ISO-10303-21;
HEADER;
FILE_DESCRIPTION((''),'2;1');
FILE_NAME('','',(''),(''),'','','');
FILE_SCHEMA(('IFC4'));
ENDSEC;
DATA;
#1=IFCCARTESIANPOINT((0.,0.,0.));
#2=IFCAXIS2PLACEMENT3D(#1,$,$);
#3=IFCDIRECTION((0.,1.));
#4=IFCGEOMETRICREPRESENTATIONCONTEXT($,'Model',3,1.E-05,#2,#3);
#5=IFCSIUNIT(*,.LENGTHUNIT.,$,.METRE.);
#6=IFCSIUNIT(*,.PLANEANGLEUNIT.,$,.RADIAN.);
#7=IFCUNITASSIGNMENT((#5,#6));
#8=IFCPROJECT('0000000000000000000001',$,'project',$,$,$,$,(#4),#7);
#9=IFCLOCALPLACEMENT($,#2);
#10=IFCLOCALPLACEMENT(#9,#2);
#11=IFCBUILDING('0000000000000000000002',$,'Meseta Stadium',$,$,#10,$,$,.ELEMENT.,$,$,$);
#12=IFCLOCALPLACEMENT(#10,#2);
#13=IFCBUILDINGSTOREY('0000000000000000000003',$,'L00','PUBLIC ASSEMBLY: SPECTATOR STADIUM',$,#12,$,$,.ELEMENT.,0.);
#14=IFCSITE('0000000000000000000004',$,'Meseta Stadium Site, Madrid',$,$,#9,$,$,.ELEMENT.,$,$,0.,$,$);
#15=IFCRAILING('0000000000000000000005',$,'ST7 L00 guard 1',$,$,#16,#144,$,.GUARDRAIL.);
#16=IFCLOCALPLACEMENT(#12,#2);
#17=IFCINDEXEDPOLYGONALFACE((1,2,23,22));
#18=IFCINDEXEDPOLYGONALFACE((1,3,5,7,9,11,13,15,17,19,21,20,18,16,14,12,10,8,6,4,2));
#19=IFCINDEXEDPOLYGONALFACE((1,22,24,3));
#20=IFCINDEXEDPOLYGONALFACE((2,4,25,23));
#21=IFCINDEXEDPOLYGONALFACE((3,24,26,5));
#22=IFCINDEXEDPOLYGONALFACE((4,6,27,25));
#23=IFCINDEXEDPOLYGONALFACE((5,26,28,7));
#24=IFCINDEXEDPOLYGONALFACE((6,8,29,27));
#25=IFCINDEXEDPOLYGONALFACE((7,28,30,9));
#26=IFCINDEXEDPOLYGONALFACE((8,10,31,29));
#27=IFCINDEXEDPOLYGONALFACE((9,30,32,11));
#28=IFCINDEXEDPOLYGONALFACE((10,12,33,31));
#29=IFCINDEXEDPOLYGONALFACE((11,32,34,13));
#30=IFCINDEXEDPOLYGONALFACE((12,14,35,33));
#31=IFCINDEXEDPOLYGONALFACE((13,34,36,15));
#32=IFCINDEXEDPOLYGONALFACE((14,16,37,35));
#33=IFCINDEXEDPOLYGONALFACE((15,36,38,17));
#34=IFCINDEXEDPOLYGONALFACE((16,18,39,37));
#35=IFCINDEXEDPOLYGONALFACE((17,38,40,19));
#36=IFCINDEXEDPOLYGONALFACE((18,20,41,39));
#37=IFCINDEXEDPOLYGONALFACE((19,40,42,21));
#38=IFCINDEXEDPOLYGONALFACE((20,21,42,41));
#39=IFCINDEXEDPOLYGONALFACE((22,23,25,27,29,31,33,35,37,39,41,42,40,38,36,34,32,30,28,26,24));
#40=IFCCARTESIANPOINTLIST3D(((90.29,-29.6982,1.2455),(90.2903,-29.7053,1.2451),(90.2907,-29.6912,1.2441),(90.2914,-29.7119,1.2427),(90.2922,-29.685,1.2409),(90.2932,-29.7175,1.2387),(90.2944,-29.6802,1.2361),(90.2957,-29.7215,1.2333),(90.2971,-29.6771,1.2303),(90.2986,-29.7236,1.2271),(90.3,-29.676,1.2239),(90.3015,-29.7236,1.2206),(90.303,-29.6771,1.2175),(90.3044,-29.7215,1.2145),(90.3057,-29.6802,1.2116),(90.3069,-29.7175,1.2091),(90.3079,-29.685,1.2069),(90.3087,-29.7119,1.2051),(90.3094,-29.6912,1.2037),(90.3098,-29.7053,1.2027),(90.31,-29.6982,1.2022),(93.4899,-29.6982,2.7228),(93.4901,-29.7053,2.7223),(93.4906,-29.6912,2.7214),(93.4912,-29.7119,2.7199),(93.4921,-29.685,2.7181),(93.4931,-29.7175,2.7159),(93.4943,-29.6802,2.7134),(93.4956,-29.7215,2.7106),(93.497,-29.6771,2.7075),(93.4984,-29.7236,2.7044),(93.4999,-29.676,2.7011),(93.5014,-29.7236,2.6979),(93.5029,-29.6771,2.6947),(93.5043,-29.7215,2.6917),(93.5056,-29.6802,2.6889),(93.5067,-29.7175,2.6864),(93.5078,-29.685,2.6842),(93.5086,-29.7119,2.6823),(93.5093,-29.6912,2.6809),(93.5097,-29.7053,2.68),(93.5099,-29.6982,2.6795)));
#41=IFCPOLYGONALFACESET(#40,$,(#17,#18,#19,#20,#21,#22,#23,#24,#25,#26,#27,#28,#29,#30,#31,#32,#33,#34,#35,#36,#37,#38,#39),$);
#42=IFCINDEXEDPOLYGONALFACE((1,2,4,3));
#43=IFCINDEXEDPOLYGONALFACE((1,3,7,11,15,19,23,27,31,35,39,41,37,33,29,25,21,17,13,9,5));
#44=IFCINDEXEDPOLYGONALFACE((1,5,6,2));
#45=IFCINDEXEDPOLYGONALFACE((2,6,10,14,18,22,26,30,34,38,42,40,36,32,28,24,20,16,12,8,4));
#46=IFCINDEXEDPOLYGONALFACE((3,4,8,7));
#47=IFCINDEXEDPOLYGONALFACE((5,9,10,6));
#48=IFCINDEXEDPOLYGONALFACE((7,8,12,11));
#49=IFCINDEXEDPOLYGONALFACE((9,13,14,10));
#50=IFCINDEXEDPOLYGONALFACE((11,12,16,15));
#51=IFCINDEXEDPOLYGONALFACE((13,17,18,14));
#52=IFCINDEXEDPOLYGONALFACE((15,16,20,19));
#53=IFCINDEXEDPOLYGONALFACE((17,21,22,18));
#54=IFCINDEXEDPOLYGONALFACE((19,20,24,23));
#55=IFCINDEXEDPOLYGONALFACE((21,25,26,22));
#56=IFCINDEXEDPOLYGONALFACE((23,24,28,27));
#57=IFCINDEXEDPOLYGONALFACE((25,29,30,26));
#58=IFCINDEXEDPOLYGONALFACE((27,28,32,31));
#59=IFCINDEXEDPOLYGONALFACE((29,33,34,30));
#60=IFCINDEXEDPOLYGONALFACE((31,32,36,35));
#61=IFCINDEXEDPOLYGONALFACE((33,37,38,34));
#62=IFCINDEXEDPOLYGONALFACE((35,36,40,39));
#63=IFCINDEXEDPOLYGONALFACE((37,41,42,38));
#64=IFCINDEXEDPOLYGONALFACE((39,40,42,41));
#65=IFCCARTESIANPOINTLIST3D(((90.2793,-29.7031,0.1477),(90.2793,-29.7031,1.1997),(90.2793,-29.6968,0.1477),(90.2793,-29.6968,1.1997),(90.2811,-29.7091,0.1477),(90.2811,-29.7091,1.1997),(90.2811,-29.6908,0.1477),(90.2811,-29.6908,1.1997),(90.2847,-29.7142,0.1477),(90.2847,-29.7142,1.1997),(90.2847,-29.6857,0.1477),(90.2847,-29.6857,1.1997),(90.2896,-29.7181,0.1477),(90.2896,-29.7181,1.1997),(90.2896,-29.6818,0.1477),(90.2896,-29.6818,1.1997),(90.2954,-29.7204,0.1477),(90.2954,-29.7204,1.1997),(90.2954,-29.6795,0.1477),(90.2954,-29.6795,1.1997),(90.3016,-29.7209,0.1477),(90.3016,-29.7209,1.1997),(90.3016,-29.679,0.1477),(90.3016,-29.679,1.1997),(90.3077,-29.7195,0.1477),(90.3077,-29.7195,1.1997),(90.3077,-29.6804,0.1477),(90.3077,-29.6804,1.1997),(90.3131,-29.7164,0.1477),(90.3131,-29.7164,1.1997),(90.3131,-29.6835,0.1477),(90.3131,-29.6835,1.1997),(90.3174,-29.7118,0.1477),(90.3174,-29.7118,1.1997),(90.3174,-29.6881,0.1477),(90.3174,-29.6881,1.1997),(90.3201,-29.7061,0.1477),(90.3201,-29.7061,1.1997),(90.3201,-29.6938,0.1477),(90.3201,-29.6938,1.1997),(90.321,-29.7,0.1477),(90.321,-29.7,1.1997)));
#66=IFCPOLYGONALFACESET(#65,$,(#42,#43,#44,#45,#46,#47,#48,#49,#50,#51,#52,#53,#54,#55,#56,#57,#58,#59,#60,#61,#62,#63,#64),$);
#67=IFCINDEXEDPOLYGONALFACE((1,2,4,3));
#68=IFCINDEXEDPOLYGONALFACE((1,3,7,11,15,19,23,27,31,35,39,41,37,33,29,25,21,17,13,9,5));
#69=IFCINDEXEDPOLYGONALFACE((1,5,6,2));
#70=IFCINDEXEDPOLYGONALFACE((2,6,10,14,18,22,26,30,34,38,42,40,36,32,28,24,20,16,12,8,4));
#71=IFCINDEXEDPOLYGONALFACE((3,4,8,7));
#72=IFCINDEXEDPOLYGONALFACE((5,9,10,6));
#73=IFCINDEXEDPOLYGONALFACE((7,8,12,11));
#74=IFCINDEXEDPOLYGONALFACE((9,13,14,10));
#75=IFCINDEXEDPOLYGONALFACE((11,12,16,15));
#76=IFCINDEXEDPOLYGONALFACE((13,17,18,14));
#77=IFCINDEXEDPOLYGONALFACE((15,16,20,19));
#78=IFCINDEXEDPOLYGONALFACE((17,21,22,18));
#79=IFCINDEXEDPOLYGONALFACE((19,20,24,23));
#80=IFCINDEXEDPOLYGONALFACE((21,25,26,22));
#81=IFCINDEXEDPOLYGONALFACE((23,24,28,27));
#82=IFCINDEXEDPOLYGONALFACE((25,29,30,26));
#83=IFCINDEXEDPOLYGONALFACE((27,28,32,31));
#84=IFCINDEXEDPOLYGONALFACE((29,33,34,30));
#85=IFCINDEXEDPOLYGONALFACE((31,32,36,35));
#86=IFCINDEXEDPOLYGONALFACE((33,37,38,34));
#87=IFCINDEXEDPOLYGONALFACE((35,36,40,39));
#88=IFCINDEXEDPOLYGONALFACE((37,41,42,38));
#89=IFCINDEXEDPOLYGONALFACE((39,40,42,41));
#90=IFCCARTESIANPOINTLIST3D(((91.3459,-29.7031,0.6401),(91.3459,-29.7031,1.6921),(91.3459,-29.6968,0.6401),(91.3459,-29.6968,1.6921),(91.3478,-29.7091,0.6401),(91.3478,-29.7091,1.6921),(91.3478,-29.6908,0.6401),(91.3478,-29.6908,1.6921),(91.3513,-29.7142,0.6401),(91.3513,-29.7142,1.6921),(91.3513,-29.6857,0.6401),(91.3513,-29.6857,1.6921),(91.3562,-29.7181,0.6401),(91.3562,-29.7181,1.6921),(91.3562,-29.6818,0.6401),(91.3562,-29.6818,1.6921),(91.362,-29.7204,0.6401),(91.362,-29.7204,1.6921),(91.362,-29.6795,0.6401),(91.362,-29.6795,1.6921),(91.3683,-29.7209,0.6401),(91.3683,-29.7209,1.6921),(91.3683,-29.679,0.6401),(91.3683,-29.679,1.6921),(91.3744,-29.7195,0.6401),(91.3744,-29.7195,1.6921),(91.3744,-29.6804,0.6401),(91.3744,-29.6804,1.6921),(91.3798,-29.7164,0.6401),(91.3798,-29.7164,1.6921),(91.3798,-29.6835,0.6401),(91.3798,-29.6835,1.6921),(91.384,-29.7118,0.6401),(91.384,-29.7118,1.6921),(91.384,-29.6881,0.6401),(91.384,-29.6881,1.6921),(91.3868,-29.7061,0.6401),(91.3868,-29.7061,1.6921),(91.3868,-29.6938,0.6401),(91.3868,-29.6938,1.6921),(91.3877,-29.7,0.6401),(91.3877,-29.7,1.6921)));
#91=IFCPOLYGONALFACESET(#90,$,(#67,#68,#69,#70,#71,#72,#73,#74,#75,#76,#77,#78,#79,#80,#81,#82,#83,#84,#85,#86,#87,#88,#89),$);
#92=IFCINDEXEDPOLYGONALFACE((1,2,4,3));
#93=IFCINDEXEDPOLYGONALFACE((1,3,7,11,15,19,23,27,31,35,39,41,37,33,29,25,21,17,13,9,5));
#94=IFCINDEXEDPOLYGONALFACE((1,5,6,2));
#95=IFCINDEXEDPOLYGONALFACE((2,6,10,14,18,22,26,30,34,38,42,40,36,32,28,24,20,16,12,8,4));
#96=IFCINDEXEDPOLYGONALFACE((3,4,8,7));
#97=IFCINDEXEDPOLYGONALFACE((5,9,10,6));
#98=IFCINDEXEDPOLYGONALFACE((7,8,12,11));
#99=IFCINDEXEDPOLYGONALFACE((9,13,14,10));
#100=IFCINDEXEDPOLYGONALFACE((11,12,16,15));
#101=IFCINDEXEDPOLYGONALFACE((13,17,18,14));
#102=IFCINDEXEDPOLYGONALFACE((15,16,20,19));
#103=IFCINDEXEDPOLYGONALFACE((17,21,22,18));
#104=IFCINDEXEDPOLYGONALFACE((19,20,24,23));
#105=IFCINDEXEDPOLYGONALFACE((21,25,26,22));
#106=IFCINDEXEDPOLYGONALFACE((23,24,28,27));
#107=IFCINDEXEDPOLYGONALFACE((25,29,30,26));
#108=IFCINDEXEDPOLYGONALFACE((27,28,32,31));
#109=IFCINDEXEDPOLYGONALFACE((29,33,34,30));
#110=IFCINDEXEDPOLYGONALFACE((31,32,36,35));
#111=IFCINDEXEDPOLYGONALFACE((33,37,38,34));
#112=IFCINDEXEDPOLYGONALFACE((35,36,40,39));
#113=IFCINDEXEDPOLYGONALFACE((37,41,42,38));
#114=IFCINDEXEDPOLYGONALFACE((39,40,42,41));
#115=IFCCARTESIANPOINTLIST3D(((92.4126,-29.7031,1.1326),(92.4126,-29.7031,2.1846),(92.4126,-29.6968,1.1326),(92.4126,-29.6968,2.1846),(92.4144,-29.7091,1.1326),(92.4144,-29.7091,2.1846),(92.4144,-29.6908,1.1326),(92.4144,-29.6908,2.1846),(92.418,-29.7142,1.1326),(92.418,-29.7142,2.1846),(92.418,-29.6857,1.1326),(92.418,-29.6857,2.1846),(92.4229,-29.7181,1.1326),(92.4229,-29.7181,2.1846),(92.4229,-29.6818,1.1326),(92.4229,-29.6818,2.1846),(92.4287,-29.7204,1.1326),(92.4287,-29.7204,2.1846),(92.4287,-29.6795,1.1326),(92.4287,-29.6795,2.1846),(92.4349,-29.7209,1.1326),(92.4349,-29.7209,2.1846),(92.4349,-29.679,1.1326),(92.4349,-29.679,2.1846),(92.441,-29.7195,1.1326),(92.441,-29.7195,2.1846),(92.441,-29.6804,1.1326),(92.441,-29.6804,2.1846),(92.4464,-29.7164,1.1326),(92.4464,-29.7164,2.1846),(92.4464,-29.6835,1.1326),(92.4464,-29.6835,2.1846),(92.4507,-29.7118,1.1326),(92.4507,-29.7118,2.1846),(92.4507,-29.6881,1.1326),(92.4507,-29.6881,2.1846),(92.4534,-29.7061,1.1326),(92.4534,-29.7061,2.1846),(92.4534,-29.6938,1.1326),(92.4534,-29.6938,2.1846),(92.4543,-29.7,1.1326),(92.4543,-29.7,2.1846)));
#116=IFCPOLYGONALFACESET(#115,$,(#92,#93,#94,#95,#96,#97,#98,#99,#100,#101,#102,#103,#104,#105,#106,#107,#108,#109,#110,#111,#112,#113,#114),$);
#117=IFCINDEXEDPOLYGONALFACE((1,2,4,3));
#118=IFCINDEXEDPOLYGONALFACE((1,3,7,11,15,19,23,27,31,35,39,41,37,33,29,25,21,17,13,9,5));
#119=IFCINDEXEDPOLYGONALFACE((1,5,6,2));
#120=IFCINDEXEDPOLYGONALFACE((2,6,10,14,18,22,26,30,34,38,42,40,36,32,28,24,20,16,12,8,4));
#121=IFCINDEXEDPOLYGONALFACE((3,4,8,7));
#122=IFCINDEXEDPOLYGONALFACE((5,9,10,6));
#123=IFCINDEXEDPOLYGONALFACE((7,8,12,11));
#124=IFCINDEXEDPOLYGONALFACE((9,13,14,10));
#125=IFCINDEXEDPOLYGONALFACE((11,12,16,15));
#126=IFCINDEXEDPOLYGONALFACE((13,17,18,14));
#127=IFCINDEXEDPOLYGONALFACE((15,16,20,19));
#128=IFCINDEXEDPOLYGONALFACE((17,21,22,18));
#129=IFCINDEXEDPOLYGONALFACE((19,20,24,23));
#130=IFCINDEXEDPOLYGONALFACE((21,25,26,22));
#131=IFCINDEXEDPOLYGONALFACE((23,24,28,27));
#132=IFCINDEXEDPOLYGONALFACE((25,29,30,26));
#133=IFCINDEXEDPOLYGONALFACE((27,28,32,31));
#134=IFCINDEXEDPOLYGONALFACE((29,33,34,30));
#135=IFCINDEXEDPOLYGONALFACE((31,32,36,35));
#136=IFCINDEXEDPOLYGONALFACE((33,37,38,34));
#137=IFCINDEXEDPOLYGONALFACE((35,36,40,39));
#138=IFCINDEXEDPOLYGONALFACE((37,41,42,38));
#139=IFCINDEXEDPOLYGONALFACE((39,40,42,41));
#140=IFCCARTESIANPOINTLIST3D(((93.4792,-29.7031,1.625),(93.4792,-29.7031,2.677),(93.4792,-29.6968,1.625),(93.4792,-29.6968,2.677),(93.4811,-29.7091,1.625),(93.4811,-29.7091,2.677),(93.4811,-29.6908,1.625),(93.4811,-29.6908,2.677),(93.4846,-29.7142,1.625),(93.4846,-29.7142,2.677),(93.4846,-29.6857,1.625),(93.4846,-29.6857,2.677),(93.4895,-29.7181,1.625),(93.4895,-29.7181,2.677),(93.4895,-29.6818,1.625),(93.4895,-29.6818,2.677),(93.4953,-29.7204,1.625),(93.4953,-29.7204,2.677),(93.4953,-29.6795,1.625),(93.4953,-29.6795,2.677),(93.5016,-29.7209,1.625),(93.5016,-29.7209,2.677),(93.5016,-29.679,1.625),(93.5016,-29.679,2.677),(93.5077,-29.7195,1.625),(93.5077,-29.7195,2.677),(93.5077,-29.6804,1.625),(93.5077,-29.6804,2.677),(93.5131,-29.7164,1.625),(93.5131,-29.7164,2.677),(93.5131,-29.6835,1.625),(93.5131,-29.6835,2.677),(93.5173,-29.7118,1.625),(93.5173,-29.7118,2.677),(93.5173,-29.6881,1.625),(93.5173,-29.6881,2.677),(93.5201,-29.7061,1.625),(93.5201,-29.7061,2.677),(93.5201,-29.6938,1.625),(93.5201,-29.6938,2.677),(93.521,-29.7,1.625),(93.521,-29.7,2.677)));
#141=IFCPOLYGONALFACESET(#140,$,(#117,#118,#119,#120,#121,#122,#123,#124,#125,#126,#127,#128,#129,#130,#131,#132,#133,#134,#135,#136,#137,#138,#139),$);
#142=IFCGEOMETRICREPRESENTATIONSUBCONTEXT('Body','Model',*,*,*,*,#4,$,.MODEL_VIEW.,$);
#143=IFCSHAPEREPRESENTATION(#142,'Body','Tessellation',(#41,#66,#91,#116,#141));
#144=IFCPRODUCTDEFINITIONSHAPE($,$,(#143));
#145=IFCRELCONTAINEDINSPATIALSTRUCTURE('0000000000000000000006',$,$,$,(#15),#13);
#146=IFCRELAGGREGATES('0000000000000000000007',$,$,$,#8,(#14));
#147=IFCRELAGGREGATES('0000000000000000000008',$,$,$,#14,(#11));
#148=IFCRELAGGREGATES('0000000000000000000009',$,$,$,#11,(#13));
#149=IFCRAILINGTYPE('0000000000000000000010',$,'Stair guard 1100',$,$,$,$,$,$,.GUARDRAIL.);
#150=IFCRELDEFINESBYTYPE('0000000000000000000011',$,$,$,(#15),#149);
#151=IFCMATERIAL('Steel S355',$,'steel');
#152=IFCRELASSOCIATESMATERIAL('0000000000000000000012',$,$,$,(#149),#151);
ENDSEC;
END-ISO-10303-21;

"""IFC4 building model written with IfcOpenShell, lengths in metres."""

from ifc_helpers import new_model, si_unit, direction, frame, origin, origin_2d, place, context, subcontext, project, spatial, circle, extrude, material, type_object, element, save


model = new_model("IFC4")

# Units and contexts
model_context = context("Model", 3, precision=1e-05, world=origin(), true_north=direction((0.0, 1.0)))
body_context = subcontext(model_context, "Body", "Model", "MODEL_VIEW")
ifc_project = project(units=[si_unit("LENGTHUNIT", "METRE"), si_unit("PLANEANGLEUNIT", "RADIAN")], contexts=[model_context])

# Site, building, storey
site_placement = place(None, origin())
site = spatial("IfcSite", under=ifc_project, at=site_placement, Name="Meseta Stadium Site, Madrid", CompositionType="ELEMENT", RefElevation=0.0)
building_placement = place(site_placement, origin())
building = spatial("IfcBuilding", under=site, at=building_placement, Name="Meseta Stadium", CompositionType="ELEMENT")
storey_placement = place(building_placement, origin())
storey = spatial("IfcBuildingStorey", under=building, at=storey_placement, Name="L00", Description="PUBLIC ASSEMBLY: SPECTATOR STADIUM", CompositionType="ELEMENT", Elevation=0.0)

# Railing
ifc_material_1 = material(Name="Steel S355", Category="steel")
railing_type_1 = type_object("IfcRailingType", Name="Stair guard 1100", PredefinedType="GUARDRAIL", material=ifc_material_1)
railing_1_placement = place(storey_placement, frame((90.3, -29.7, 0.1477)))
element("IfcRailing", 1, at=railing_1_placement, inside=storey, type_object=railing_type_1, Name="ST7 L00 guard 1", PredefinedType="GUARDRAIL", context=body_context, shape_type="SweptSolid", body=[
    extrude(circle(Radius=0.0239, at=origin_2d()), frame((0.0, 0.0, 1.0762), z_axis=(0.907917, 0.0, 0.41915), x_axis=(0.0, 1.0, 0.0)), (0.0, 0.0, 1.0), 3.5244),
    extrude(circle(Radius=0.021, at=origin_2d()), origin(), (0.0, 0.0, 1.0), 1.052),
    extrude(circle(Radius=0.021, at=origin_2d()), frame((1.0667, 0.0, 0.4924)), (0.0, 0.0, 1.0), 1.052),
    extrude(circle(Radius=0.021, at=origin_2d()), frame((2.1333, 0.0, 0.9849)), (0.0, 0.0, 1.0), 1.052),
    extrude(circle(Radius=0.021, at=origin_2d()), frame((3.2, 0.0, 1.4773)), (0.0, 0.0, 1.0), 1.052),
])

save(model, "model.ifc")
